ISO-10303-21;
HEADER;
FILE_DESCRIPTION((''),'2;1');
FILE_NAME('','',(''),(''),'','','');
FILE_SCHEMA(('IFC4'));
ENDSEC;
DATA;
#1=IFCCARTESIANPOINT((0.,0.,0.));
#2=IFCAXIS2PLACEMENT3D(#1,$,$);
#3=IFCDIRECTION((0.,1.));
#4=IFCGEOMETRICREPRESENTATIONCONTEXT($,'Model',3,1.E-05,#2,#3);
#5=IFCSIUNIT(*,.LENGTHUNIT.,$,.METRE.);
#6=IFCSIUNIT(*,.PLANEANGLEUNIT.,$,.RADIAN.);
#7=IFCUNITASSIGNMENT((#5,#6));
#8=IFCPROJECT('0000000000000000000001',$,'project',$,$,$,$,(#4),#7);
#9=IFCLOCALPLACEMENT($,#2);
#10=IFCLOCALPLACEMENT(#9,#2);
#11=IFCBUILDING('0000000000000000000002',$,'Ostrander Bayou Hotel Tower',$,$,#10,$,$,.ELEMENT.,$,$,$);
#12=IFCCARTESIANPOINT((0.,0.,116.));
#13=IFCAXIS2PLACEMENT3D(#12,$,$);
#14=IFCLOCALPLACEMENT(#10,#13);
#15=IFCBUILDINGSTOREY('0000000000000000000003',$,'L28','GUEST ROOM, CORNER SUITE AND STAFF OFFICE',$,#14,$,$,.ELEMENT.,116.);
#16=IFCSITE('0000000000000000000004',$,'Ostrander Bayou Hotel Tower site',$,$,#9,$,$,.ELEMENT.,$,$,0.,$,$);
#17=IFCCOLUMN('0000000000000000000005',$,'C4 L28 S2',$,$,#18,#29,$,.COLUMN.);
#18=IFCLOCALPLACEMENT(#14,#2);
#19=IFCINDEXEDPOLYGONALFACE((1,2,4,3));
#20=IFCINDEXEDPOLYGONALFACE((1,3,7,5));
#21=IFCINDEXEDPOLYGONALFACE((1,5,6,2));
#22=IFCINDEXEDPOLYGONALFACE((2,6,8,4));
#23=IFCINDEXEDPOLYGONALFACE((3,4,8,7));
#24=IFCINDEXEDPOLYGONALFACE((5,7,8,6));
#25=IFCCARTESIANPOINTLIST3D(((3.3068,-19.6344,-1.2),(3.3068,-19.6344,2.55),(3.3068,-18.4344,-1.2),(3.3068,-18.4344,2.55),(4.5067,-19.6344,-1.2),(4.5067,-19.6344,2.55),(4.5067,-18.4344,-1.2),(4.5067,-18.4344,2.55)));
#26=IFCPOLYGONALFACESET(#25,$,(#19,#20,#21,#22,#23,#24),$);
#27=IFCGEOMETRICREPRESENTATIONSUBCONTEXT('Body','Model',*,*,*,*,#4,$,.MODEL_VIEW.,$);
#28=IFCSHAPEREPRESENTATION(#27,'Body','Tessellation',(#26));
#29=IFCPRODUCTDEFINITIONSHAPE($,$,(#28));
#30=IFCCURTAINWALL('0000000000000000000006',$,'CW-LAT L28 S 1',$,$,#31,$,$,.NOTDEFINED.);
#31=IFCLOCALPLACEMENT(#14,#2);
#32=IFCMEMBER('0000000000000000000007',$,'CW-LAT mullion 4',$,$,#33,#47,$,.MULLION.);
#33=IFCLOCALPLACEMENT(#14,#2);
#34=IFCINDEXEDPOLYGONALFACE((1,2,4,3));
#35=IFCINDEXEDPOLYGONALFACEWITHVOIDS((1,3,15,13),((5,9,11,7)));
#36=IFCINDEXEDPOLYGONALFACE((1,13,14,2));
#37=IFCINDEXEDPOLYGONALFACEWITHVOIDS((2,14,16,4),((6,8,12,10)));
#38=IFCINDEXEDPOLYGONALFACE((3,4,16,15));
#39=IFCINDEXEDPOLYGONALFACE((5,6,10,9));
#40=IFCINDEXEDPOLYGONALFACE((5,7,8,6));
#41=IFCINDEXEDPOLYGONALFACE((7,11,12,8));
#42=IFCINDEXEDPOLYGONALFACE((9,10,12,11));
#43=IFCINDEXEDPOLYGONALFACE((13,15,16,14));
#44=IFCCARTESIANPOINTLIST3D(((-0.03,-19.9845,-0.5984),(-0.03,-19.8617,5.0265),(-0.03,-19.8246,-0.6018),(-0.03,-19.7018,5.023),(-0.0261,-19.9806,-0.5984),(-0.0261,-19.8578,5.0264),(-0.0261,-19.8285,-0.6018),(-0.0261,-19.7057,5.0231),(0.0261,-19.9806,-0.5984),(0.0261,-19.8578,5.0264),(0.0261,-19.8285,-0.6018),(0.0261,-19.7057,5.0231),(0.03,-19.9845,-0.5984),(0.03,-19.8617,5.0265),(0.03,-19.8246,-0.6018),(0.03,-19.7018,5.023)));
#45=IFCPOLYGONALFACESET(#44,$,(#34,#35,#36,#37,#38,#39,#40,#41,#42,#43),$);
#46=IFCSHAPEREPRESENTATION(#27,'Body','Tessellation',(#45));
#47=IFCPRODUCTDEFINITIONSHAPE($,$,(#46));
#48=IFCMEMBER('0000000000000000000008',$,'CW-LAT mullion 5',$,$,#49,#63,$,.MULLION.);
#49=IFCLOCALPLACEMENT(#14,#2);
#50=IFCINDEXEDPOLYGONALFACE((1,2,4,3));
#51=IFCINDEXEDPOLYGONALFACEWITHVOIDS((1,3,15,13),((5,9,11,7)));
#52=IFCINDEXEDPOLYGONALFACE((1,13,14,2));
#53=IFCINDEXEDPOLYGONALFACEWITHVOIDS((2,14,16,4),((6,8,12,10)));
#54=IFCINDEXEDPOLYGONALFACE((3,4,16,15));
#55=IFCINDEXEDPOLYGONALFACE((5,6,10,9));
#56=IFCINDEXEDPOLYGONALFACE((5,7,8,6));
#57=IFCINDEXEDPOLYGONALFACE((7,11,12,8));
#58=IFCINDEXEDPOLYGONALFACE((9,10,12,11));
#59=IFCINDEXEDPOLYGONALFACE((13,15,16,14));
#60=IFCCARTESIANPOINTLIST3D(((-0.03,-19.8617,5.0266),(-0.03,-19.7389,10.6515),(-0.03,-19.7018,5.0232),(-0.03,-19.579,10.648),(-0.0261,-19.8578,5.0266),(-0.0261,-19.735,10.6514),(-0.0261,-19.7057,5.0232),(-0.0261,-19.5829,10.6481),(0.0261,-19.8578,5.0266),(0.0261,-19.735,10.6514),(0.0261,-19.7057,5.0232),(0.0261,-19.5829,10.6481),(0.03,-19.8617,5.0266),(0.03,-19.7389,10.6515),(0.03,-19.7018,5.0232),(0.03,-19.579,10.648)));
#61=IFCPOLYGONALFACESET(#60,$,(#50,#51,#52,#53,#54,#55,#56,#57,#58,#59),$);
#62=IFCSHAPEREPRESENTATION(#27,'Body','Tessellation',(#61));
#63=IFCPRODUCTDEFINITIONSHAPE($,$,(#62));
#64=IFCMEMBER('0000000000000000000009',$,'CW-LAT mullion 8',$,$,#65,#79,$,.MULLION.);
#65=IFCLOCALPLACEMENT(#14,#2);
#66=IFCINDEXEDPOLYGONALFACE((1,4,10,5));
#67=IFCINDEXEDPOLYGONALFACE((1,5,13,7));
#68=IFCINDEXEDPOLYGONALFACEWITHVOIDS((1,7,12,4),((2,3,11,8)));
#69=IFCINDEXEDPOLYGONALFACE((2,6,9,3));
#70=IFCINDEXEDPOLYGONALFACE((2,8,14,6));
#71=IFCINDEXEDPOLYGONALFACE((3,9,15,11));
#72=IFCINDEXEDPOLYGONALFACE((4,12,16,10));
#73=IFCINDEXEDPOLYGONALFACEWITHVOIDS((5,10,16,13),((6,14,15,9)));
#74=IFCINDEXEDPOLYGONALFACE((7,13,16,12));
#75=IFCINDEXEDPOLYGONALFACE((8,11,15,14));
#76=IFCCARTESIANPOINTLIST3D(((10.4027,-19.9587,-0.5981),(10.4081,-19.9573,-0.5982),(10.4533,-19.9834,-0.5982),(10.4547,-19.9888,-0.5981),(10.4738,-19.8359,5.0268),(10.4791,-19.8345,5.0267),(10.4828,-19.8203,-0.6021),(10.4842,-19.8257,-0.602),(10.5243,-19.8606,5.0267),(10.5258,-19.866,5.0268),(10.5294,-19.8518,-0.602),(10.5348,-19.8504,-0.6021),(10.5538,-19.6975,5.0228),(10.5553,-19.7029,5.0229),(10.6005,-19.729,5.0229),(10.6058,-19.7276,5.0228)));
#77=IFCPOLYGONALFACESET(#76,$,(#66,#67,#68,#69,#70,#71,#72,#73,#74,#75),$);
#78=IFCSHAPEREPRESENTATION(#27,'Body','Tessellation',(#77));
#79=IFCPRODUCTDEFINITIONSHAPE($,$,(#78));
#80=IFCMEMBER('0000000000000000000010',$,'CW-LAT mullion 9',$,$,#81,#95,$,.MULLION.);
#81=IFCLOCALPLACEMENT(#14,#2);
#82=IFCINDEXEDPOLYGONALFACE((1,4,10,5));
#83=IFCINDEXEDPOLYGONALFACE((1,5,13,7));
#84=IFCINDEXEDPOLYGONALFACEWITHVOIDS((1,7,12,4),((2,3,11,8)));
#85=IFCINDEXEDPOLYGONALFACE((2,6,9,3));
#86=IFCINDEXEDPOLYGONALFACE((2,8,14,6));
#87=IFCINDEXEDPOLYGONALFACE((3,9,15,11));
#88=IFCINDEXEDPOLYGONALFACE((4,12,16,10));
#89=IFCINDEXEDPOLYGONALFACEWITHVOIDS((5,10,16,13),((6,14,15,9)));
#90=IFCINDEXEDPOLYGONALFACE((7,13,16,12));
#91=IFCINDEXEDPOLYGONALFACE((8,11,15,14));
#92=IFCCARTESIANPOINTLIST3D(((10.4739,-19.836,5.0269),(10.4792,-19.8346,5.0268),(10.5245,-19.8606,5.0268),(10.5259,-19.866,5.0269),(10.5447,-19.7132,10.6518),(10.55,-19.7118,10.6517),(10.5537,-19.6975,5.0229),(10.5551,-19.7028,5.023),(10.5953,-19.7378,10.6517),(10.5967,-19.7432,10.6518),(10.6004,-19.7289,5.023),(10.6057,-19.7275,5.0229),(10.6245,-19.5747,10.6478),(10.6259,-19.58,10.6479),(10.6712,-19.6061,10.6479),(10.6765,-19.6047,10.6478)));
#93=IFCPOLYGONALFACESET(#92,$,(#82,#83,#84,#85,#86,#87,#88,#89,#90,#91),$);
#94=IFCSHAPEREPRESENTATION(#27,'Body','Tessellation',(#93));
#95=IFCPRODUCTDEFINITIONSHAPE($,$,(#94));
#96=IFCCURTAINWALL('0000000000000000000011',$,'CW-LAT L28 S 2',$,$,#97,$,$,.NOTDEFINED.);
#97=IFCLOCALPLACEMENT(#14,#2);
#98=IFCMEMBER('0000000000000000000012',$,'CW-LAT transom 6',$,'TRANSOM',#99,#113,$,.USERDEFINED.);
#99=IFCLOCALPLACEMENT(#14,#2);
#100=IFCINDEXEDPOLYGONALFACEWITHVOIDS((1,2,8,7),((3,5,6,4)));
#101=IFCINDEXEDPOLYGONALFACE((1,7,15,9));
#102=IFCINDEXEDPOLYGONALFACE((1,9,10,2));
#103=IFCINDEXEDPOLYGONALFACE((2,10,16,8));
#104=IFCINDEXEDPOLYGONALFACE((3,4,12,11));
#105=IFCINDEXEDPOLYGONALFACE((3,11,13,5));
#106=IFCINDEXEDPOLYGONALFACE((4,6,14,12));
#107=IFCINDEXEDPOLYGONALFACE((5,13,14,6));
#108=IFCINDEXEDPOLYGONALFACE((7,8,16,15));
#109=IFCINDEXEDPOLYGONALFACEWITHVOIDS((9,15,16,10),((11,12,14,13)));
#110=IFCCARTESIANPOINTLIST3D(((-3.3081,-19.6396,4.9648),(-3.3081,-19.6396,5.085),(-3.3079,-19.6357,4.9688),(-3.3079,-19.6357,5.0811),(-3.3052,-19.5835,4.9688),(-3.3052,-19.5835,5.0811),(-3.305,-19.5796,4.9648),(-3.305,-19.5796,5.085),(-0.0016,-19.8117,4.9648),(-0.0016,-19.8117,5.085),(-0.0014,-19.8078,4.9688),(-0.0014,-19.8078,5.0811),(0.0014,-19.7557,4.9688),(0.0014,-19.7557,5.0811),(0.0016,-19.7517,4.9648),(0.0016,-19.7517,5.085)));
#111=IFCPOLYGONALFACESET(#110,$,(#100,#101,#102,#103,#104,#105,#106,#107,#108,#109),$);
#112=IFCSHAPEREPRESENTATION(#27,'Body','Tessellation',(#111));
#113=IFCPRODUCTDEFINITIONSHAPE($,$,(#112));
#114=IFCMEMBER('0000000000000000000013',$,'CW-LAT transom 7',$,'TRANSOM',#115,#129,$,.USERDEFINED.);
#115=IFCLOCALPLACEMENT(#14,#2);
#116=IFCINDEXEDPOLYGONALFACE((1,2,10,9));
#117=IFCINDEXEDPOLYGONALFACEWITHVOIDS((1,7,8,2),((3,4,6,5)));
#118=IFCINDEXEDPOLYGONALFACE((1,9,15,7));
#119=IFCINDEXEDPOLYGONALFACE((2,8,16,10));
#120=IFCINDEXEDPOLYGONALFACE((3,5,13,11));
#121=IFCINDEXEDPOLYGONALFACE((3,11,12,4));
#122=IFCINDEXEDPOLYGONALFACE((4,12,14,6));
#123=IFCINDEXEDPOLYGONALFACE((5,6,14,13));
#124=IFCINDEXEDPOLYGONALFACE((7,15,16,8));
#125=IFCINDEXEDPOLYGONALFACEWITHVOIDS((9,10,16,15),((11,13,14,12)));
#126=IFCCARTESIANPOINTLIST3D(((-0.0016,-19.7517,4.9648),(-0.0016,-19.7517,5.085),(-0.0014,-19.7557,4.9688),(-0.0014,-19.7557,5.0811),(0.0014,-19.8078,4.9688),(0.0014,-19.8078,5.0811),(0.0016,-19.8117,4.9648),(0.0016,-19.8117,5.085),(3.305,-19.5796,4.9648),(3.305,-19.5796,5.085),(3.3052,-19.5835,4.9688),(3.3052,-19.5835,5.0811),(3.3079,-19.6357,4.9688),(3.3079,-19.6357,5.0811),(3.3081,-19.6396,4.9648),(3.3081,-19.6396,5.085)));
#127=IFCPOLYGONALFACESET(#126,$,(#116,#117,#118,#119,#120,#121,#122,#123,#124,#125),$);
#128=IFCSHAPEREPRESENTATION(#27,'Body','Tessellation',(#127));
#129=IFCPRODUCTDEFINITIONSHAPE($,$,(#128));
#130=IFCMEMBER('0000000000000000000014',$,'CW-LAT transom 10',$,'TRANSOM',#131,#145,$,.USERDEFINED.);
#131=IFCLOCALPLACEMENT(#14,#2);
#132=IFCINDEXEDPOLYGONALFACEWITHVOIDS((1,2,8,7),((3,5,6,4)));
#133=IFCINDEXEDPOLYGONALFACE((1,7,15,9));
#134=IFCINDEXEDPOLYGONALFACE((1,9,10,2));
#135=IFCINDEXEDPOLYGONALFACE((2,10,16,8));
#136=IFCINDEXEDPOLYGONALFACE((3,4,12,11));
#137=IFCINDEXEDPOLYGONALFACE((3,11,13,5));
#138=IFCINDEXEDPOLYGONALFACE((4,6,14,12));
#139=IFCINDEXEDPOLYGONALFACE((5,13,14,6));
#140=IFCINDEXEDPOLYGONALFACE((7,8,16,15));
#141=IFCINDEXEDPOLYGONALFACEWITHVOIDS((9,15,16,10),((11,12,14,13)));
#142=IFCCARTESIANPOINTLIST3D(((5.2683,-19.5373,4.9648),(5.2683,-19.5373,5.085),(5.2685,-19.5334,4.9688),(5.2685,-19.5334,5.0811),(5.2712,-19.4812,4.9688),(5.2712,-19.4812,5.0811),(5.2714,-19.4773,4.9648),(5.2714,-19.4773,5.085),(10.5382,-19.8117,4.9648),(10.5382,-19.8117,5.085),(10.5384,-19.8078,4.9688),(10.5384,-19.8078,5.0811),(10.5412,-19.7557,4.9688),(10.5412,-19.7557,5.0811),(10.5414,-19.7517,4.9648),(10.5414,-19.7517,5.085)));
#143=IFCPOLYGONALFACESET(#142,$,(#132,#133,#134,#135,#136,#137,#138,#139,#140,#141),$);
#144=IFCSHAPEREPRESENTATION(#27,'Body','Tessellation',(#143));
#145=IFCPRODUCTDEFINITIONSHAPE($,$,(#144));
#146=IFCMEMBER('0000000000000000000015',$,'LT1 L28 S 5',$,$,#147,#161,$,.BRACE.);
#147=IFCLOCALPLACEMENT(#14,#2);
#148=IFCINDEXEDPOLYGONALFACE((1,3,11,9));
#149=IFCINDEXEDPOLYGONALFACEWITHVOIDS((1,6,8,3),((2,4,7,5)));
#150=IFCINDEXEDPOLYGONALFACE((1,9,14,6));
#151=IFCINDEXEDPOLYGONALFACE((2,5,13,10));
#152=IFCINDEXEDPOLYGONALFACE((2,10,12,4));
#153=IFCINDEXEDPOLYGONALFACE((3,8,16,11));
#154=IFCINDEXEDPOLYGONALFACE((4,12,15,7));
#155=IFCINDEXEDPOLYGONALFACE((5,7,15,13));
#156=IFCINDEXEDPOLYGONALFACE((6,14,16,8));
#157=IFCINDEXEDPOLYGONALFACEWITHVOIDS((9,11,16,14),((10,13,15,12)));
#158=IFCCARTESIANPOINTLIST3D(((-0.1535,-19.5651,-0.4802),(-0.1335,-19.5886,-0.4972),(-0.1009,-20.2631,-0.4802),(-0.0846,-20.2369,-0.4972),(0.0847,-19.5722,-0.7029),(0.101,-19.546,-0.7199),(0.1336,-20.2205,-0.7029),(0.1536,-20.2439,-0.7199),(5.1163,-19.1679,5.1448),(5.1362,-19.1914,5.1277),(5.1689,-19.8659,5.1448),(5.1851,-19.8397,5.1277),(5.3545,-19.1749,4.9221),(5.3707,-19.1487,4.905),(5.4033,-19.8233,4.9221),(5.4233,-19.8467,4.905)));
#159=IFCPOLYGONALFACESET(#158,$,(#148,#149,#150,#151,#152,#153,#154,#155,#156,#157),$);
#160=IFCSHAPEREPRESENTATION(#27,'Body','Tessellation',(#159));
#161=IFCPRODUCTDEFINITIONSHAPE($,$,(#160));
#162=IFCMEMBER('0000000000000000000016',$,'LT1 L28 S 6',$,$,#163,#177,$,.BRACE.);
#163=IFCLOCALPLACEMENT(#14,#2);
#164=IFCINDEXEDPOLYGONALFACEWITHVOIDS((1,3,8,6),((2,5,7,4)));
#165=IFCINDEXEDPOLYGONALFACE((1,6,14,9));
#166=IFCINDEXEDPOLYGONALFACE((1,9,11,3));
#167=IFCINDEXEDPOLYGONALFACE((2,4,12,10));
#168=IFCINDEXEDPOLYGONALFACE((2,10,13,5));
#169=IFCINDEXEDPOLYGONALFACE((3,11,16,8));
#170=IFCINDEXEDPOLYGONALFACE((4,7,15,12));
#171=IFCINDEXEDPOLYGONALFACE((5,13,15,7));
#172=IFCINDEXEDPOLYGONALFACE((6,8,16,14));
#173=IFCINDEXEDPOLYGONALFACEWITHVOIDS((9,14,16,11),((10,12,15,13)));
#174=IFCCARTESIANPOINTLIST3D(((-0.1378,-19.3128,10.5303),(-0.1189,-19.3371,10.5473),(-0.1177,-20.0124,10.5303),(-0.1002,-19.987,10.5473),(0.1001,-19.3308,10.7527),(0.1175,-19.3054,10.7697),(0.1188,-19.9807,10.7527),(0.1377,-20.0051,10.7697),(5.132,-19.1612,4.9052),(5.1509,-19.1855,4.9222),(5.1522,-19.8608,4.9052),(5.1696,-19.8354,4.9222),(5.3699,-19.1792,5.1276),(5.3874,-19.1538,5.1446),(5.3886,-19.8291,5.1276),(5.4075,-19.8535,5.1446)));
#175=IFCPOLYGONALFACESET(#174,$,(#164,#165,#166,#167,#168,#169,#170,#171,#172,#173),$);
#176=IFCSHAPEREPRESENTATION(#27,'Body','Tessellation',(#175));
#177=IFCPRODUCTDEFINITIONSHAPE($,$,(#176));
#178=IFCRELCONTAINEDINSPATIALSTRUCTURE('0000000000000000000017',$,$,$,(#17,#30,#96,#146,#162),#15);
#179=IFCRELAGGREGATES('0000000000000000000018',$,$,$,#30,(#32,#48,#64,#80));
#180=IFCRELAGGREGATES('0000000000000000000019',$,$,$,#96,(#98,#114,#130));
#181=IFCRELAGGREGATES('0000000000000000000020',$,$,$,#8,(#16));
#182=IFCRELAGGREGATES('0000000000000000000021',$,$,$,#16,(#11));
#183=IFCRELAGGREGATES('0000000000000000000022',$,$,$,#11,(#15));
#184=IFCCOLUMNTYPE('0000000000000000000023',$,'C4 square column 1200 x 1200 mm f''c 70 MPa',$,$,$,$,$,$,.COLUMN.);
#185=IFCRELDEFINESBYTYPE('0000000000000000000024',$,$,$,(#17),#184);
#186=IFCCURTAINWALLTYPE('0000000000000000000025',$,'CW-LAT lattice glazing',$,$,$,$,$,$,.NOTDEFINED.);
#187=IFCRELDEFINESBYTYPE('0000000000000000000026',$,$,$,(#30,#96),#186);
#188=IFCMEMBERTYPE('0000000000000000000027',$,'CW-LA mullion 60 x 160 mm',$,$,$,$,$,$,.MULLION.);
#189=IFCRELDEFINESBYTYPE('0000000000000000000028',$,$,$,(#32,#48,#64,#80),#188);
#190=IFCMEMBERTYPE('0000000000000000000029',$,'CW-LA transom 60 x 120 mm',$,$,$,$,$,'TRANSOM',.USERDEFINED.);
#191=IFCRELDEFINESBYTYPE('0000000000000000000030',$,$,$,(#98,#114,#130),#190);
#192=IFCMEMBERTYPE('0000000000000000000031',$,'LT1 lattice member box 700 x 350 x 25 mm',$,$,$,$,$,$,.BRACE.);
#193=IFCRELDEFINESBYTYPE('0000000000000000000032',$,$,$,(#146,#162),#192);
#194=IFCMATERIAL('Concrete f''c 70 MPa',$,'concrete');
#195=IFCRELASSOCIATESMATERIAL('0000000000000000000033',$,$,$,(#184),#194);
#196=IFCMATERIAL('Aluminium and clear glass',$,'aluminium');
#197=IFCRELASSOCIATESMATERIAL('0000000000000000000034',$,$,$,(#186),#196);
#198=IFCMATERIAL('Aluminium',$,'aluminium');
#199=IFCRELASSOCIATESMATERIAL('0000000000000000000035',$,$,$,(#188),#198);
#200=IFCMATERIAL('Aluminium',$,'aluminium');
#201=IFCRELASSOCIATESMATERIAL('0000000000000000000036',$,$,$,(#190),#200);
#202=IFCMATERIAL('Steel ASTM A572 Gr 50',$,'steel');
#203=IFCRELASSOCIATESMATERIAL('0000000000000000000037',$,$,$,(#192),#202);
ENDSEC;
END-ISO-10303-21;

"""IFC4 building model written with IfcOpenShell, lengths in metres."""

from ifc_helpers import new_model, si_unit, direction, frame, origin, origin_2d, place, context, subcontext, project, spatial, rectangle, hollow_rectangle, extrude, material, material_profile, profile_set, type_object, element, aggregate, save


model = new_model("IFC4")

# Units and contexts
model_context = context("Model", 3, precision=1e-05, world=origin(), true_north=direction((0.0, 1.0)))
body_context = subcontext(model_context, "Body", "Model", "MODEL_VIEW")
ifc_project = project(units=[si_unit("LENGTHUNIT", "METRE"), si_unit("PLANEANGLEUNIT", "RADIAN")], contexts=[model_context])

# Site, building, storey
site_placement = place(None, origin())
site = spatial("IfcSite", under=ifc_project, at=site_placement, Name="Ostrander Bayou Hotel Tower site", CompositionType="ELEMENT", RefElevation=0.0)
building_placement = place(site_placement, origin())
building = spatial("IfcBuilding", under=site, at=building_placement, Name="Ostrander Bayou Hotel Tower", CompositionType="ELEMENT")
storey_placement = place(building_placement, frame((0.0, 0.0, 116.0)))
storey = spatial("IfcBuildingStorey", under=building, at=storey_placement, Name="L28", Description="GUEST ROOM, CORNER SUITE AND STAFF OFFICE", CompositionType="ELEMENT", Elevation=116.0)

# Column
ifc_material_1 = material(Name="Concrete f'c 70 MPa", Category="concrete")
ifc_material_profile_1 = material_profile(ifc_material_1, rectangle(XDim=1.2, YDim=1.2, at=origin_2d()))
ifc_profile_set_1 = profile_set([ifc_material_profile_1], Name="Concrete f'c 70 MPa")
column_type = type_object("IfcColumnType", Name="C4 square column 1200 x 1200 mm f'c 70 MPa", PredefinedType="COLUMN", material=ifc_profile_set_1)
column_placement = place(storey_placement, frame((3.9067, -19.0344, -1.2), z_axis=(0.0, 0.0, 1.0), x_axis=(-1.0, 0.0, 0.0)))
element("IfcColumn", 1, at=column_placement, inside=storey, type_object=column_type, Name="C4 L28 S2", PredefinedType="COLUMN", context=body_context, shape_type="SweptSolid", body=[
    extrude(rectangle(XDim=1.2, YDim=1.2, at=origin_2d()), origin(), (0.0, 0.0, 1.0), 3.75),
])

# Curtain walls, members
ifc_material_2 = material(Name="Aluminium and clear glass", Category="aluminium")
curtain_wall_type = type_object("IfcCurtainWallType", Name="CW-LAT lattice glazing", PredefinedType="NOTDEFINED", material=ifc_material_2)
curtain_wall_1_placement = place(storey_placement, origin())
curtain_wall_1 = element("IfcCurtainWall", 2, at=curtain_wall_1_placement, inside=storey, type_object=curtain_wall_type, Name="CW-LAT L28 S 1", PredefinedType="NOTDEFINED")
ifc_material_3 = material(Name="Aluminium", Category="aluminium")
ifc_material_profile_2 = material_profile(ifc_material_3, hollow_rectangle(XDim=0.0601, YDim=0.1599, WallThickness=0.0039, at=origin_2d()))
ifc_profile_set_2 = profile_set([ifc_material_profile_2], Name="Aluminium")
member_type_1 = type_object("IfcMemberType", Name="CW-LA mullion 60 x 160 mm", PredefinedType="MULLION", material=ifc_profile_set_2)
member_1_placement = place(storey_placement, frame((0.0, -19.9045, -0.6001), z_axis=(0.0, 0.021826, 0.999762), x_axis=(-1.0, 0.0, 0.0)))
member_1 = element("IfcMember", 3, at=member_1_placement, type_object=member_type_1, Name="CW-LAT mullion 4", PredefinedType="MULLION", context=body_context, shape_type="SweptSolid", body=[
    extrude(hollow_rectangle(XDim=0.0601, YDim=0.1599, WallThickness=0.0039, at=origin_2d()), origin(), (0.0, 0.0, 1.0), 5.6262),
])
member_2_placement = place(storey_placement, frame((0.0, -19.7817, 5.0249), z_axis=(0.0, 0.021826, 0.999762), x_axis=(-1.0, 0.0, 0.0)))
member_2 = element("IfcMember", 4, at=member_2_placement, type_object=member_type_1, Name="CW-LAT mullion 5", PredefinedType="MULLION", context=body_context, shape_type="SweptSolid", body=[
    extrude(hollow_rectangle(XDim=0.0601, YDim=0.1599, WallThickness=0.0039, at=origin_2d()), origin(), (0.0, 0.0, 1.0), 5.6262),
])
member_3_placement = place(storey_placement, frame((10.4688, -19.9045, -0.6001), z_axis=(0.012626, 0.021825, 0.999682), x_axis=(-0.865583, 0.500765, 0.0)))
member_3 = element("IfcMember", 5, at=member_3_placement, type_object=member_type_1, Name="CW-LAT mullion 8", PredefinedType="MULLION", context=body_context, shape_type="SweptSolid", body=[
    extrude(hollow_rectangle(XDim=0.0601, YDim=0.1599, WallThickness=0.0039, at=origin_2d()), origin(), (0.0, 0.0, 1.0), 5.6267),
])
member_4_placement = place(storey_placement, frame((10.5398, -19.7817, 5.0249), z_axis=(0.012583, 0.021825, 0.999683), x_axis=(-0.866329, 0.499474, 0.0)))
member_4 = element("IfcMember", 6, at=member_4_placement, type_object=member_type_1, Name="CW-LAT mullion 9", PredefinedType="MULLION", context=body_context, shape_type="SweptSolid", body=[
    extrude(hollow_rectangle(XDim=0.0601, YDim=0.1599, WallThickness=0.0039, at=origin_2d()), origin(), (0.0, 0.0, 1.0), 5.6267),
])
curtain_wall_2_placement = place(storey_placement, origin())
curtain_wall_2 = element("IfcCurtainWall", 7, at=curtain_wall_2_placement, inside=storey, type_object=curtain_wall_type, Name="CW-LAT L28 S 2", PredefinedType="NOTDEFINED")
ifc_material_4 = material(Name="Aluminium", Category="aluminium")
ifc_material_profile_3 = material_profile(ifc_material_4, hollow_rectangle(XDim=0.0601, YDim=0.1201, WallThickness=0.0039, at=origin_2d()))
ifc_profile_set_3 = profile_set([ifc_material_profile_3], Name="Aluminium")
member_type_2 = type_object("IfcMemberType", Name="CW-LA transom 60 x 120 mm", ElementType="TRANSOM", PredefinedType="USERDEFINED", material=ifc_profile_set_3)
member_5_placement = place(storey_placement, frame((0.0, -19.7817, 5.0249), z_axis=(-0.998648, 0.051982, 0.0), x_axis=(-0.051982, -0.998648, 0.0)))
member_5 = element("IfcMember", 8, at=member_5_placement, type_object=member_type_2, Name="CW-LAT transom 6", ObjectType="TRANSOM", PredefinedType="USERDEFINED", context=body_context, shape_type="SweptSolid", body=[
    extrude(hollow_rectangle(XDim=0.0601, YDim=0.1201, WallThickness=0.0039, at=origin_2d()), origin(), (0.0, 0.0, 1.0), 3.311),
])
member_6_placement = place(storey_placement, frame((0.0, -19.7817, 5.0249), z_axis=(0.998648, 0.051982, 0.0), x_axis=(-0.051982, 0.998648, 0.0)))
member_6 = element("IfcMember", 9, at=member_6_placement, type_object=member_type_2, Name="CW-LAT transom 7", ObjectType="TRANSOM", PredefinedType="USERDEFINED", context=body_context, shape_type="SweptSolid", body=[
    extrude(hollow_rectangle(XDim=0.0601, YDim=0.1201, WallThickness=0.0039, at=origin_2d()), origin(), (0.0, 0.0, 1.0), 3.311),
])
member_7_placement = place(storey_placement, frame((10.5398, -19.7817, 5.0249), z_axis=(-0.998647, 0.052, 0.0), x_axis=(-0.052, -0.998647, 0.0)))
member_7 = element("IfcMember", 10, at=member_7_placement, type_object=member_type_2, Name="CW-LAT transom 10", ObjectType="TRANSOM", PredefinedType="USERDEFINED", context=body_context, shape_type="SweptSolid", body=[
    extrude(hollow_rectangle(XDim=0.0601, YDim=0.1201, WallThickness=0.0039, at=origin_2d()), origin(), (0.0, 0.0, 1.0), 5.2771),
])

# Members
ifc_material_5 = material(Name="Steel ASTM A572 Gr 50", Category="steel")
ifc_material_profile_4 = material_profile(ifc_material_5, hollow_rectangle(XDim=0.7, YDim=0.3501, WallThickness=0.0249, at=origin_2d()))
ifc_profile_set_4 = profile_set([ifc_material_profile_4], Name="Steel ASTM A572 Gr 50")
member_type_3 = type_object("IfcMemberType", Name="LT1 lattice member box 700 x 350 x 25 mm", PredefinedType="BRACE", material=ifc_profile_set_4)
member_8_placement = place(storey_placement, frame((5.2698, -19.5073, 5.0249), z_axis=(-0.682782, -0.051466, -0.728807), x_axis=(0.075163, -0.997171, 0.0)))
element("IfcMember", 11, at=member_8_placement, inside=storey, type_object=member_type_3, Name="LT1 L28 S 5", PredefinedType="BRACE", context=body_context, shape_type="SweptSolid", body=[
    extrude(hollow_rectangle(XDim=0.7, YDim=0.3501, WallThickness=0.0249, at=origin_2d()), origin(), (0.0, 0.0, 1.0), 7.718),
])
member_9_placement = place(storey_placement, frame((5.2698, -19.5073, 5.0249), z_axis=(-0.683556, -0.019666, 0.729633), x_axis=(0.028758, -0.999586, 0.0)))
element("IfcMember", 12, at=member_9_placement, inside=storey, type_object=member_type_3, Name="LT1 L28 S 6", PredefinedType="BRACE", context=body_context, shape_type="SweptSolid", body=[
    extrude(hollow_rectangle(XDim=0.7, YDim=0.3501, WallThickness=0.0249, at=origin_2d()), origin(), (0.0, 0.0, 1.0), 7.7095),
])

aggregate(curtain_wall_1, [member_1, member_2, member_3, member_4])
aggregate(curtain_wall_2, [member_5, member_6, member_7])

save(model, "model.ifc")
